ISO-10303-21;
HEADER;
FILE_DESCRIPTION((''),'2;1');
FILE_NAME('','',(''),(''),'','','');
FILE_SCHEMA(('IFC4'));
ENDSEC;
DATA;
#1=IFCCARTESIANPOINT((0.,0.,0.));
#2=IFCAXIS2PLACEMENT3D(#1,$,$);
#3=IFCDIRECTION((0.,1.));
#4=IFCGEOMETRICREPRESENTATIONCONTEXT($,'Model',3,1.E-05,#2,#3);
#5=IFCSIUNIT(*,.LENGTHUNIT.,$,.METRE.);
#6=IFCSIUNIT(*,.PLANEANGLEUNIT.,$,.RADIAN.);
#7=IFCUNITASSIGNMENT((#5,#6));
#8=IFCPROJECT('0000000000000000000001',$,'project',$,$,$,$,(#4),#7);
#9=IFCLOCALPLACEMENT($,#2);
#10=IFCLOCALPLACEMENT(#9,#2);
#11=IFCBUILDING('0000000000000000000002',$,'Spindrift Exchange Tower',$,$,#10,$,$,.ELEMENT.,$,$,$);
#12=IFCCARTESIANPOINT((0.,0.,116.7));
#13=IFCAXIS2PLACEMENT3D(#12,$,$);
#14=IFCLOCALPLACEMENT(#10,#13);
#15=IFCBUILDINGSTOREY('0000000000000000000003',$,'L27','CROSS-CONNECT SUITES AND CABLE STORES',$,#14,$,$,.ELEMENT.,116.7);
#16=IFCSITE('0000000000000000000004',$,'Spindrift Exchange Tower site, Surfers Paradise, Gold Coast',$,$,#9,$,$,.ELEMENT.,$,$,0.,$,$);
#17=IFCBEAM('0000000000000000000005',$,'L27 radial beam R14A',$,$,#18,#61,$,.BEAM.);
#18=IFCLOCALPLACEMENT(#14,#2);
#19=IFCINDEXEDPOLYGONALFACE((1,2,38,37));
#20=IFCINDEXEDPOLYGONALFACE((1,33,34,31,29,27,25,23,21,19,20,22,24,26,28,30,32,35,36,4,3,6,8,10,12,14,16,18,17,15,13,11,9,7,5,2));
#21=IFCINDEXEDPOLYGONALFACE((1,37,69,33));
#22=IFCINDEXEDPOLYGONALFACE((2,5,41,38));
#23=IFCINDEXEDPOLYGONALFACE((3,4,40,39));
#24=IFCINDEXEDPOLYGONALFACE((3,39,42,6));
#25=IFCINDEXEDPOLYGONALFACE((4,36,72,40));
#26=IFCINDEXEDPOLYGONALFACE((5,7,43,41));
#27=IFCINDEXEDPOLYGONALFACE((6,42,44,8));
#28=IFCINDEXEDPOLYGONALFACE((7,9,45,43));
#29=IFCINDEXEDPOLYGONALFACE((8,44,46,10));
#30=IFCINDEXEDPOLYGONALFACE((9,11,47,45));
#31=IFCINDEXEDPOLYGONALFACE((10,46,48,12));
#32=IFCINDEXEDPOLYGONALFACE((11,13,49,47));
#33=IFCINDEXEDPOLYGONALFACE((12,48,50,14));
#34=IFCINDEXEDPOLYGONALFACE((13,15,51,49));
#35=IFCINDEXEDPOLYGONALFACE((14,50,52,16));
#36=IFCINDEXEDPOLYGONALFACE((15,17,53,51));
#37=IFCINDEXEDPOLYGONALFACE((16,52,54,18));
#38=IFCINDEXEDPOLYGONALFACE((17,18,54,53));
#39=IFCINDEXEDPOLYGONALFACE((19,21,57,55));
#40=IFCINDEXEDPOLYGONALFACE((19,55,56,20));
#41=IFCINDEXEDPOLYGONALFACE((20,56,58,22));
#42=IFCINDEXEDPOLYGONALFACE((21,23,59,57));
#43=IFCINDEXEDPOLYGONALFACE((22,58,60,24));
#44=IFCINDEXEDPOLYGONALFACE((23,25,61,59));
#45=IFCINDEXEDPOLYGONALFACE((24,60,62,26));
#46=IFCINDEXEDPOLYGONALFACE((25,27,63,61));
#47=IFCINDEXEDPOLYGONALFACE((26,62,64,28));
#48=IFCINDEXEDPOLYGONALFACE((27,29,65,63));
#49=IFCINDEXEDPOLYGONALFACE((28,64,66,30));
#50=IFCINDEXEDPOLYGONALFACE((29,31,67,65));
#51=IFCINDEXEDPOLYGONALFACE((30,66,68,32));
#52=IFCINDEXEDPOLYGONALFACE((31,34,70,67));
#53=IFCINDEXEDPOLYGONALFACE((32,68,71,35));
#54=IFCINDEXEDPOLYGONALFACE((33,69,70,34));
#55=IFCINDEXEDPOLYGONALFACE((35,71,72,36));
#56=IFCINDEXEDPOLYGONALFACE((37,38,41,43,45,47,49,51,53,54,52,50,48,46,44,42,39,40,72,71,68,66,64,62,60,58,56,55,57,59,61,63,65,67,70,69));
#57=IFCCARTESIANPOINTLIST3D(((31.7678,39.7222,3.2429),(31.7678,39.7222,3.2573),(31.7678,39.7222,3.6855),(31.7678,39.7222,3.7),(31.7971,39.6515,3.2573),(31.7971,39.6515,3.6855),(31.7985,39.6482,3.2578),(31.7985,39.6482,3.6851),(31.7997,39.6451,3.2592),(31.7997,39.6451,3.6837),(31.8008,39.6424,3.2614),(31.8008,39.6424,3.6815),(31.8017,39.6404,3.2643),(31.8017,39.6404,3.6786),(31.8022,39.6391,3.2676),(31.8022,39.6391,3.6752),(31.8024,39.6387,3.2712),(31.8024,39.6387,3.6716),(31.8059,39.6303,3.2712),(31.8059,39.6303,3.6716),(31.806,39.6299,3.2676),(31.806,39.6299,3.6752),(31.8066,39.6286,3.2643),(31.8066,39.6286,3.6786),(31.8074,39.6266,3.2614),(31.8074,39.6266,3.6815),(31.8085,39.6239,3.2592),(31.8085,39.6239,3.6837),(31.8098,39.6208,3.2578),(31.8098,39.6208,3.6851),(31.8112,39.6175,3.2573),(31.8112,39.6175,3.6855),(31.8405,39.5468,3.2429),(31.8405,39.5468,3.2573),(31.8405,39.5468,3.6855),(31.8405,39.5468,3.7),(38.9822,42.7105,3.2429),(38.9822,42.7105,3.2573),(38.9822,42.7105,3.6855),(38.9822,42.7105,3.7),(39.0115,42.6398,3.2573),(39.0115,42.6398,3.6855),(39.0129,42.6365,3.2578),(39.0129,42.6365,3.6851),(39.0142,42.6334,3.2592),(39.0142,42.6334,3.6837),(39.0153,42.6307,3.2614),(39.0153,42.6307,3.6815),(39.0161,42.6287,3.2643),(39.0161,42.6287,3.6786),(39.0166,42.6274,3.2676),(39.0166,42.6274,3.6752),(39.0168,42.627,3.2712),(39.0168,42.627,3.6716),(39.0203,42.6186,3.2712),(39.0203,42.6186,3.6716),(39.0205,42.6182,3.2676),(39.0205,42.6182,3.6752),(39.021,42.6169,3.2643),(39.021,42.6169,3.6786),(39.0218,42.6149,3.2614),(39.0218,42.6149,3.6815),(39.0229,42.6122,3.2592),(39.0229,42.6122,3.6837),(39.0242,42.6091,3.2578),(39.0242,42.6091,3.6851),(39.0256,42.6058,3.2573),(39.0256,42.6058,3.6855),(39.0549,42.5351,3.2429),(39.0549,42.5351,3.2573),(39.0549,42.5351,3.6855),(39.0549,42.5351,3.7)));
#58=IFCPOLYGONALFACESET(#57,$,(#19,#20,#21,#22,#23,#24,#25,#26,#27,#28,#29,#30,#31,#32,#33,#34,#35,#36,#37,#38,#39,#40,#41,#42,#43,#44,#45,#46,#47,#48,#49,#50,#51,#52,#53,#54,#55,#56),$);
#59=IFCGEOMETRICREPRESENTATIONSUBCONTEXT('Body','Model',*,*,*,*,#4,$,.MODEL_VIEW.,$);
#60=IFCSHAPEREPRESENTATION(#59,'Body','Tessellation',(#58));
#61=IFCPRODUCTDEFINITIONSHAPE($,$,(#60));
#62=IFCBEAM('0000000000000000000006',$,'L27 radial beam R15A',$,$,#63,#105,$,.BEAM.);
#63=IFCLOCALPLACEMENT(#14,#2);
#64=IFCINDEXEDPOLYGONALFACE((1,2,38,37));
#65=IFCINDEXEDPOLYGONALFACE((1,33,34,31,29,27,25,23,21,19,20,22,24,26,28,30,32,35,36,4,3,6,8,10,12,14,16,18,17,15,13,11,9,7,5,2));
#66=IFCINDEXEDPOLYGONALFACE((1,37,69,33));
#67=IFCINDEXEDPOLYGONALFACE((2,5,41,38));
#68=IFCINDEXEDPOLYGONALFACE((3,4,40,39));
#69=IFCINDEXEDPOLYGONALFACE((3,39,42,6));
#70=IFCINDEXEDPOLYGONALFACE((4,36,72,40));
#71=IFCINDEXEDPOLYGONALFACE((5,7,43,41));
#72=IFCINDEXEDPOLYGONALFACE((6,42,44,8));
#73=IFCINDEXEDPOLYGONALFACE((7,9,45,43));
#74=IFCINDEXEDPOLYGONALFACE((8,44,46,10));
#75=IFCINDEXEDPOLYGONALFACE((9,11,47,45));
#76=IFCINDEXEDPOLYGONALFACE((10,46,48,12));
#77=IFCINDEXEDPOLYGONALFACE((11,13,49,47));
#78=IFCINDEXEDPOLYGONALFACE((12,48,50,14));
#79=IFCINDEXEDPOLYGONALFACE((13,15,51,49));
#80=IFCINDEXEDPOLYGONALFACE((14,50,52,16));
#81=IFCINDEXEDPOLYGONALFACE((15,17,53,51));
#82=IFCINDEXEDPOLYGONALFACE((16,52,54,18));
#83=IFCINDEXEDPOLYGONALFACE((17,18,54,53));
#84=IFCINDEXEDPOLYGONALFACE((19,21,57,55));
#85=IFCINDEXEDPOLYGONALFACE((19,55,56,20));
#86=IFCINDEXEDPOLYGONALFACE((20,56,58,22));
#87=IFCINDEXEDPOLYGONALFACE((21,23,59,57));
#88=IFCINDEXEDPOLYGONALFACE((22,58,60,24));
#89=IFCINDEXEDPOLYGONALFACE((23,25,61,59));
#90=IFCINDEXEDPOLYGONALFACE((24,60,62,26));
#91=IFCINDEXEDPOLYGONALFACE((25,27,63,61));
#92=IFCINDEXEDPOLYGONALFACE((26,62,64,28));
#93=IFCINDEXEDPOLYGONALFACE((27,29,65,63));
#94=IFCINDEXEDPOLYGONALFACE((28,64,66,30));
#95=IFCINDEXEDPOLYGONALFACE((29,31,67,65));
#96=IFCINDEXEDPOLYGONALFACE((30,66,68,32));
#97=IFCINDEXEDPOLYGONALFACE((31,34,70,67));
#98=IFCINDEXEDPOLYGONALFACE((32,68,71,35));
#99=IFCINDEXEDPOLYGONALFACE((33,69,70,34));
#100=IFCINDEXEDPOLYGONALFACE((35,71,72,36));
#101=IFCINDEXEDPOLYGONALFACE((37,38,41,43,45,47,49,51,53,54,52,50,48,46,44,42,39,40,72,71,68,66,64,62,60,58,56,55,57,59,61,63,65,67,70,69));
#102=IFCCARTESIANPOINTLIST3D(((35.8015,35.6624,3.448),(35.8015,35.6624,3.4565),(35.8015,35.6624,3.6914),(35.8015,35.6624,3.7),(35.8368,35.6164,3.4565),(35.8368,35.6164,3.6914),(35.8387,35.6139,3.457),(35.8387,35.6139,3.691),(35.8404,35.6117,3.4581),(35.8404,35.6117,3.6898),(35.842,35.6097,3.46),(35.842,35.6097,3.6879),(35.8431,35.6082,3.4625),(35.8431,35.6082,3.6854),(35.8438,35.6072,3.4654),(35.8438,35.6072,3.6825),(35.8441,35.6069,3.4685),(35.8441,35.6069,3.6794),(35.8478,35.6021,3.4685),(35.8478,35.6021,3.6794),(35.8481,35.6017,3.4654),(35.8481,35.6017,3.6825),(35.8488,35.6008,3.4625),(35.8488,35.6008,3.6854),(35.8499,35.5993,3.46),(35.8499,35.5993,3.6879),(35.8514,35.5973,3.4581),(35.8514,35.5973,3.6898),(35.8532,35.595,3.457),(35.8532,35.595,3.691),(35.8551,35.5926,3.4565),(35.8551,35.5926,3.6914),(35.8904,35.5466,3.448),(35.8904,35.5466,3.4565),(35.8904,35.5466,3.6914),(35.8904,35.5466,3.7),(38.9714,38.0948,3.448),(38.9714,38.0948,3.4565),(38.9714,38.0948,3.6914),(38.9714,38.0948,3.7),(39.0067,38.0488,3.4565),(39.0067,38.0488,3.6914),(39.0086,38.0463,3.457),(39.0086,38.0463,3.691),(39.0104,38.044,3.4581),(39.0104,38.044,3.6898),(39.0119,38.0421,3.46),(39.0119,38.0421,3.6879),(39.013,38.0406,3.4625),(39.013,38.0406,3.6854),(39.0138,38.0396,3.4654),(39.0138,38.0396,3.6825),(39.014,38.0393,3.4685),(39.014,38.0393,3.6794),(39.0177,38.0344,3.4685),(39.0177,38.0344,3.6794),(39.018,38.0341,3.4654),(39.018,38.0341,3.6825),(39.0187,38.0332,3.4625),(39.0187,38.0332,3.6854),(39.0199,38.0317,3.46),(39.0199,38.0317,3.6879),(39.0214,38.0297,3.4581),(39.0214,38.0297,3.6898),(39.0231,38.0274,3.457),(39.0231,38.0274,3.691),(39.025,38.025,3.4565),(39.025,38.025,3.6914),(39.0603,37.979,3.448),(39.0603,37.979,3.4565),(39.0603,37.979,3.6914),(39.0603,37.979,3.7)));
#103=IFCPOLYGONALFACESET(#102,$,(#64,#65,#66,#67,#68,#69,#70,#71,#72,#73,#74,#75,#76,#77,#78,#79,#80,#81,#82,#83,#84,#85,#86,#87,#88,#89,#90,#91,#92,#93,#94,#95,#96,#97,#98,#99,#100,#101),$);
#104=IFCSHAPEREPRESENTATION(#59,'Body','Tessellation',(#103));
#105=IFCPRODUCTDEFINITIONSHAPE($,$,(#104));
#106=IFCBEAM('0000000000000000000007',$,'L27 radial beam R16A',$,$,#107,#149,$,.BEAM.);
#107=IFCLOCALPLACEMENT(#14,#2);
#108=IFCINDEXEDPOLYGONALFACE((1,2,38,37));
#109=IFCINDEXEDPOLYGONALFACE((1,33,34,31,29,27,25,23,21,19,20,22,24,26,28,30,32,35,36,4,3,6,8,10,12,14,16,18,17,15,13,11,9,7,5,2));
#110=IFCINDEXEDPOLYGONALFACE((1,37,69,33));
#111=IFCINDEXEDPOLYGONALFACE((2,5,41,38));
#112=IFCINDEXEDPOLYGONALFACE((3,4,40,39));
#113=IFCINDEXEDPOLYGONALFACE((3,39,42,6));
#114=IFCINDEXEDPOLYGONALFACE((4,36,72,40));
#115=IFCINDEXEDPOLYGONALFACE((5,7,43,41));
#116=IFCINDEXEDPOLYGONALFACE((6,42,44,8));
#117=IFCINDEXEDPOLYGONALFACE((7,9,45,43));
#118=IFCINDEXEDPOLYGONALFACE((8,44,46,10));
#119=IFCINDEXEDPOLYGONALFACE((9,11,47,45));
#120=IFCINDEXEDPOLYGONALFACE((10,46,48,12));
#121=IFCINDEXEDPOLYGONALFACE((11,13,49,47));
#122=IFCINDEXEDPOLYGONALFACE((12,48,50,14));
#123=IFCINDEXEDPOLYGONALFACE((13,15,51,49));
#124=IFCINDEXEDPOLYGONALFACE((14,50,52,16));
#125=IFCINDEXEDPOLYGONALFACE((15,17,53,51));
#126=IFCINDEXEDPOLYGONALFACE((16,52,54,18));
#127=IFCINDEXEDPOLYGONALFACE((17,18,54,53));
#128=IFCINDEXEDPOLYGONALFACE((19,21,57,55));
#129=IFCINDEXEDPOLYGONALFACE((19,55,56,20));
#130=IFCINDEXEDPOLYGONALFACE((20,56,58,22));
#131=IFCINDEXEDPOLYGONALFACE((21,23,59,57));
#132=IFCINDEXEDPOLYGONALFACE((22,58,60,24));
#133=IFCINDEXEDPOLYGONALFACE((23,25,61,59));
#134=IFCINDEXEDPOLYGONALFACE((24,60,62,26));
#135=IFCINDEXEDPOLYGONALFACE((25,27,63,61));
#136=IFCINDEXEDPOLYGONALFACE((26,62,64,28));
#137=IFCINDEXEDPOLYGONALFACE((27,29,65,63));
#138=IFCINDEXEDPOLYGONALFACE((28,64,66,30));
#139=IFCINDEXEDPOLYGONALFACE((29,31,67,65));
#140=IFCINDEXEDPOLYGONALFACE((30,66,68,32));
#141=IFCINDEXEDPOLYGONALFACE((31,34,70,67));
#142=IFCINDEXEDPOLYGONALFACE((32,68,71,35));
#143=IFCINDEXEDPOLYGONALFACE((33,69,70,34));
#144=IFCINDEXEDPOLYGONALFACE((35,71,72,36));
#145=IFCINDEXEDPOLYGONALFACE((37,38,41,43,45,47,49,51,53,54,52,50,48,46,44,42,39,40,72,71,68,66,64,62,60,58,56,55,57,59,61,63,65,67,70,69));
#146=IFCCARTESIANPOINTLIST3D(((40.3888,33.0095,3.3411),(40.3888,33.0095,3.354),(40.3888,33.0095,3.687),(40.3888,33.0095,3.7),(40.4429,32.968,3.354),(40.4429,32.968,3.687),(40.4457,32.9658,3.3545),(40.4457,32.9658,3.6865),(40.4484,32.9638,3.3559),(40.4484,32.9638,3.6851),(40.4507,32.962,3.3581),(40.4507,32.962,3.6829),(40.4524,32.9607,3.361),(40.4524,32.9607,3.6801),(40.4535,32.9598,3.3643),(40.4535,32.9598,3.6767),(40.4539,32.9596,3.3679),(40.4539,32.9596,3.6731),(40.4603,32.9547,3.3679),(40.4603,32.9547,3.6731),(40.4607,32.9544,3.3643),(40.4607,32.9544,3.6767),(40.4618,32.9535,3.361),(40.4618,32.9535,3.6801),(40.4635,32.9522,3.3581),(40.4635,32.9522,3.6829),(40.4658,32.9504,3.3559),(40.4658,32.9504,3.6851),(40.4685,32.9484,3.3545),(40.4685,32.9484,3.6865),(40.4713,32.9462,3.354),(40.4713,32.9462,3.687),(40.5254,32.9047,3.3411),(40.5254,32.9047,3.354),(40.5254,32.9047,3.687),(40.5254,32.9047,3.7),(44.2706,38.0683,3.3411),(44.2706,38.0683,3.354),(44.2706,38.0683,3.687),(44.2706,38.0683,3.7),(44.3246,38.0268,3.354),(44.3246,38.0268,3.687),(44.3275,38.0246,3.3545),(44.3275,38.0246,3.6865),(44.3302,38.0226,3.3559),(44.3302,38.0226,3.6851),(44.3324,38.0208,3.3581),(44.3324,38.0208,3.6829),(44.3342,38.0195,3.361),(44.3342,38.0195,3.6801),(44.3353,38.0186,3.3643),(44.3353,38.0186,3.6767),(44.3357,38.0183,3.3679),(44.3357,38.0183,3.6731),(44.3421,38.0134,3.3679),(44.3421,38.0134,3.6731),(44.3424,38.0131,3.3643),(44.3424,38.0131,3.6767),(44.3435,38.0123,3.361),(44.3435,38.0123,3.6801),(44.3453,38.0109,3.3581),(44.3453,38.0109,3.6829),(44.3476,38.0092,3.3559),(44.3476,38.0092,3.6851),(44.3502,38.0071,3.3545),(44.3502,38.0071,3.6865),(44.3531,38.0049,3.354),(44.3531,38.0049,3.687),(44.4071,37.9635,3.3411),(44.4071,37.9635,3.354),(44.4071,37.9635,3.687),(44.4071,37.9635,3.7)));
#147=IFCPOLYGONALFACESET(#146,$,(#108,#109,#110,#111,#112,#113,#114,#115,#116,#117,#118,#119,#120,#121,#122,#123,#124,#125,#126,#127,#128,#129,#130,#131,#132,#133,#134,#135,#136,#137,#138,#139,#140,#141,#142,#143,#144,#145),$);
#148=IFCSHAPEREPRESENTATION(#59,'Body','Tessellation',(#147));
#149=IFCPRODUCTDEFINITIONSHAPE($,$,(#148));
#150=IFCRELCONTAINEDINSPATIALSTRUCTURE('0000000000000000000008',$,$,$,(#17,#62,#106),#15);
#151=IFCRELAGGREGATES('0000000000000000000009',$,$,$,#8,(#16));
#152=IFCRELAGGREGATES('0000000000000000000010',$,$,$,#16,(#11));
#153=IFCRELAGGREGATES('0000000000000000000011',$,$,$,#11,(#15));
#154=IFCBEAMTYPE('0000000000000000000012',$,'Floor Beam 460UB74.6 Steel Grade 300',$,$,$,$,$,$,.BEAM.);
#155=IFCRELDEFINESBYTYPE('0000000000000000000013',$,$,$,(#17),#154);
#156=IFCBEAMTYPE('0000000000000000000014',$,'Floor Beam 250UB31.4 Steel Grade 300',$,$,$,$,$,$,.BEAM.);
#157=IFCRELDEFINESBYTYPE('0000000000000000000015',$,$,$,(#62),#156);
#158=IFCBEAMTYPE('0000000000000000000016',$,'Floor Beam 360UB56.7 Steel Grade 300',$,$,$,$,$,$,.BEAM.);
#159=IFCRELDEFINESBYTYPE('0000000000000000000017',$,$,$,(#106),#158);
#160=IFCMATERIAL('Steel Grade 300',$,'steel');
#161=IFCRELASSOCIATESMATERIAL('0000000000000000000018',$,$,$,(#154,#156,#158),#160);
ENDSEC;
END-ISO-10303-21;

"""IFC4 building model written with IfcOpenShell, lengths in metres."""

from ifc_helpers import new_model, si_unit, direction, frame, origin, origin_2d, place, context, subcontext, project, spatial, i_section, extrude, source, transform, mapped, material, material_profile, profile_set, type_object, element, save


model = new_model("IFC4")

# Units and contexts
model_context = context("Model", 3, precision=1e-05, world=origin(), true_north=direction((0.0, 1.0)))
body_context = subcontext(model_context, "Body", "Model", "MODEL_VIEW")
ifc_project = project(units=[si_unit("LENGTHUNIT", "METRE"), si_unit("PLANEANGLEUNIT", "RADIAN")], contexts=[model_context])

# Site, building, storey
site_placement = place(None, origin())
site = spatial("IfcSite", under=ifc_project, at=site_placement, Name="Spindrift Exchange Tower site, Surfers Paradise, Gold Coast", CompositionType="ELEMENT", RefElevation=0.0)
building_placement = place(site_placement, origin())
building = spatial("IfcBuilding", under=site, at=building_placement, Name="Spindrift Exchange Tower", CompositionType="ELEMENT")
storey_placement = place(building_placement, frame((0.0, 0.0, 116.7)))
storey = spatial("IfcBuildingStorey", under=building, at=storey_placement, Name="L27", Description="CROSS-CONNECT SUITES AND CABLE STORES", CompositionType="ELEMENT", Elevation=116.7)

# Beams
ifc_material_1 = material(Name="Steel Grade 300", Category="steel")
ifc_material_profile_1 = material_profile(ifc_material_1, i_section(OverallWidth=0.1899, OverallDepth=0.457, WebThickness=0.009, FlangeThickness=0.0144, FilletRadius=0.0139, at=origin_2d()), Name="460UB74.6")
ifc_profile_set_1 = profile_set([ifc_material_profile_1], Name="Steel Grade 300")
beam_type_1 = type_object("IfcBeamType", Name="Floor Beam 460UB74.6 Steel Grade 300", PredefinedType="BEAM", material=ifc_profile_set_1)
shared_shape_1 = source(origin(), body_context, "Body", "SweptSolid", [
    extrude(i_section(OverallWidth=0.1899, OverallDepth=0.457, WebThickness=0.009, FlangeThickness=0.0144, FilletRadius=0.0139, at=origin_2d()), origin(), (0.0, 0.0, 1.0), 7.8088),
])
beam_1_placement = place(storey_placement, frame((39.0186, 42.6228, 3.4714), z_axis=(-0.92388, -0.382683, 0.0), x_axis=(0.382683, -0.92388, 0.0)))
element("IfcBeam", 1, at=beam_1_placement, inside=storey, type_object=beam_type_1, Name="L27 radial beam R14A", PredefinedType="BEAM", context=body_context, shape_type="MappedRepresentation", body=[
    mapped(shared_shape_1, transform((0.0, 0.0, 0.0), scale=1.0)),
])
ifc_material_profile_2 = material_profile(ifc_material_1, i_section(OverallWidth=0.146, OverallDepth=0.252, WebThickness=0.0061, FlangeThickness=0.0085, FilletRadius=0.012, at=origin_2d()), Name="250UB31.4")
ifc_profile_set_2 = profile_set([ifc_material_profile_2], Name="Steel Grade 300")
beam_type_2 = type_object("IfcBeamType", Name="Floor Beam 250UB31.4 Steel Grade 300", PredefinedType="BEAM", material=ifc_profile_set_2)
shared_shape_2 = source(origin(), body_context, "Body", "SweptSolid", [
    extrude(i_section(OverallWidth=0.146, OverallDepth=0.252, WebThickness=0.0061, FlangeThickness=0.0085, FilletRadius=0.012, at=origin_2d()), origin(), (0.0, 0.0, 1.0), 3.9956),
])
beam_2_placement = place(storey_placement, frame((39.0159, 38.0369, 3.574), z_axis=(-0.793353, -0.608762, 0.0), x_axis=(0.608762, -0.793353, 0.0)))
element("IfcBeam", 2, at=beam_2_placement, inside=storey, type_object=beam_type_2, Name="L27 radial beam R15A", PredefinedType="BEAM", context=body_context, shape_type="MappedRepresentation", body=[
    mapped(shared_shape_2, transform((0.0, 0.0, 0.0), scale=1.0)),
])
ifc_material_profile_3 = material_profile(ifc_material_1, i_section(OverallWidth=0.1721, OverallDepth=0.3589, WebThickness=0.0081, FlangeThickness=0.0129, FilletRadius=0.0139, at=origin_2d()), Name="360UB56.7")
ifc_profile_set_3 = profile_set([ifc_material_profile_3], Name="Steel Grade 300")
beam_type_3 = type_object("IfcBeamType", Name="Floor Beam 360UB56.7 Steel Grade 300", PredefinedType="BEAM", material=ifc_profile_set_3)
shared_shape_3 = source(origin(), body_context, "Body", "SweptSolid", [
    extrude(i_section(OverallWidth=0.1721, OverallDepth=0.3589, WebThickness=0.0081, FlangeThickness=0.0129, FilletRadius=0.0139, at=origin_2d()), origin(), (0.0, 0.0, 1.0), 6.3765),
])
beam_3_placement = place(storey_placement, frame((44.3389, 38.0159, 3.5205), z_axis=(-0.608767, -0.793349, 0.0), x_axis=(0.793349, -0.608767, 0.0)))
element("IfcBeam", 3, at=beam_3_placement, inside=storey, type_object=beam_type_3, Name="L27 radial beam R16A", PredefinedType="BEAM", context=body_context, shape_type="MappedRepresentation", body=[
    mapped(shared_shape_3, transform((0.0, 0.0, 0.0), scale=1.0)),
])

save(model, "model.ifc")
